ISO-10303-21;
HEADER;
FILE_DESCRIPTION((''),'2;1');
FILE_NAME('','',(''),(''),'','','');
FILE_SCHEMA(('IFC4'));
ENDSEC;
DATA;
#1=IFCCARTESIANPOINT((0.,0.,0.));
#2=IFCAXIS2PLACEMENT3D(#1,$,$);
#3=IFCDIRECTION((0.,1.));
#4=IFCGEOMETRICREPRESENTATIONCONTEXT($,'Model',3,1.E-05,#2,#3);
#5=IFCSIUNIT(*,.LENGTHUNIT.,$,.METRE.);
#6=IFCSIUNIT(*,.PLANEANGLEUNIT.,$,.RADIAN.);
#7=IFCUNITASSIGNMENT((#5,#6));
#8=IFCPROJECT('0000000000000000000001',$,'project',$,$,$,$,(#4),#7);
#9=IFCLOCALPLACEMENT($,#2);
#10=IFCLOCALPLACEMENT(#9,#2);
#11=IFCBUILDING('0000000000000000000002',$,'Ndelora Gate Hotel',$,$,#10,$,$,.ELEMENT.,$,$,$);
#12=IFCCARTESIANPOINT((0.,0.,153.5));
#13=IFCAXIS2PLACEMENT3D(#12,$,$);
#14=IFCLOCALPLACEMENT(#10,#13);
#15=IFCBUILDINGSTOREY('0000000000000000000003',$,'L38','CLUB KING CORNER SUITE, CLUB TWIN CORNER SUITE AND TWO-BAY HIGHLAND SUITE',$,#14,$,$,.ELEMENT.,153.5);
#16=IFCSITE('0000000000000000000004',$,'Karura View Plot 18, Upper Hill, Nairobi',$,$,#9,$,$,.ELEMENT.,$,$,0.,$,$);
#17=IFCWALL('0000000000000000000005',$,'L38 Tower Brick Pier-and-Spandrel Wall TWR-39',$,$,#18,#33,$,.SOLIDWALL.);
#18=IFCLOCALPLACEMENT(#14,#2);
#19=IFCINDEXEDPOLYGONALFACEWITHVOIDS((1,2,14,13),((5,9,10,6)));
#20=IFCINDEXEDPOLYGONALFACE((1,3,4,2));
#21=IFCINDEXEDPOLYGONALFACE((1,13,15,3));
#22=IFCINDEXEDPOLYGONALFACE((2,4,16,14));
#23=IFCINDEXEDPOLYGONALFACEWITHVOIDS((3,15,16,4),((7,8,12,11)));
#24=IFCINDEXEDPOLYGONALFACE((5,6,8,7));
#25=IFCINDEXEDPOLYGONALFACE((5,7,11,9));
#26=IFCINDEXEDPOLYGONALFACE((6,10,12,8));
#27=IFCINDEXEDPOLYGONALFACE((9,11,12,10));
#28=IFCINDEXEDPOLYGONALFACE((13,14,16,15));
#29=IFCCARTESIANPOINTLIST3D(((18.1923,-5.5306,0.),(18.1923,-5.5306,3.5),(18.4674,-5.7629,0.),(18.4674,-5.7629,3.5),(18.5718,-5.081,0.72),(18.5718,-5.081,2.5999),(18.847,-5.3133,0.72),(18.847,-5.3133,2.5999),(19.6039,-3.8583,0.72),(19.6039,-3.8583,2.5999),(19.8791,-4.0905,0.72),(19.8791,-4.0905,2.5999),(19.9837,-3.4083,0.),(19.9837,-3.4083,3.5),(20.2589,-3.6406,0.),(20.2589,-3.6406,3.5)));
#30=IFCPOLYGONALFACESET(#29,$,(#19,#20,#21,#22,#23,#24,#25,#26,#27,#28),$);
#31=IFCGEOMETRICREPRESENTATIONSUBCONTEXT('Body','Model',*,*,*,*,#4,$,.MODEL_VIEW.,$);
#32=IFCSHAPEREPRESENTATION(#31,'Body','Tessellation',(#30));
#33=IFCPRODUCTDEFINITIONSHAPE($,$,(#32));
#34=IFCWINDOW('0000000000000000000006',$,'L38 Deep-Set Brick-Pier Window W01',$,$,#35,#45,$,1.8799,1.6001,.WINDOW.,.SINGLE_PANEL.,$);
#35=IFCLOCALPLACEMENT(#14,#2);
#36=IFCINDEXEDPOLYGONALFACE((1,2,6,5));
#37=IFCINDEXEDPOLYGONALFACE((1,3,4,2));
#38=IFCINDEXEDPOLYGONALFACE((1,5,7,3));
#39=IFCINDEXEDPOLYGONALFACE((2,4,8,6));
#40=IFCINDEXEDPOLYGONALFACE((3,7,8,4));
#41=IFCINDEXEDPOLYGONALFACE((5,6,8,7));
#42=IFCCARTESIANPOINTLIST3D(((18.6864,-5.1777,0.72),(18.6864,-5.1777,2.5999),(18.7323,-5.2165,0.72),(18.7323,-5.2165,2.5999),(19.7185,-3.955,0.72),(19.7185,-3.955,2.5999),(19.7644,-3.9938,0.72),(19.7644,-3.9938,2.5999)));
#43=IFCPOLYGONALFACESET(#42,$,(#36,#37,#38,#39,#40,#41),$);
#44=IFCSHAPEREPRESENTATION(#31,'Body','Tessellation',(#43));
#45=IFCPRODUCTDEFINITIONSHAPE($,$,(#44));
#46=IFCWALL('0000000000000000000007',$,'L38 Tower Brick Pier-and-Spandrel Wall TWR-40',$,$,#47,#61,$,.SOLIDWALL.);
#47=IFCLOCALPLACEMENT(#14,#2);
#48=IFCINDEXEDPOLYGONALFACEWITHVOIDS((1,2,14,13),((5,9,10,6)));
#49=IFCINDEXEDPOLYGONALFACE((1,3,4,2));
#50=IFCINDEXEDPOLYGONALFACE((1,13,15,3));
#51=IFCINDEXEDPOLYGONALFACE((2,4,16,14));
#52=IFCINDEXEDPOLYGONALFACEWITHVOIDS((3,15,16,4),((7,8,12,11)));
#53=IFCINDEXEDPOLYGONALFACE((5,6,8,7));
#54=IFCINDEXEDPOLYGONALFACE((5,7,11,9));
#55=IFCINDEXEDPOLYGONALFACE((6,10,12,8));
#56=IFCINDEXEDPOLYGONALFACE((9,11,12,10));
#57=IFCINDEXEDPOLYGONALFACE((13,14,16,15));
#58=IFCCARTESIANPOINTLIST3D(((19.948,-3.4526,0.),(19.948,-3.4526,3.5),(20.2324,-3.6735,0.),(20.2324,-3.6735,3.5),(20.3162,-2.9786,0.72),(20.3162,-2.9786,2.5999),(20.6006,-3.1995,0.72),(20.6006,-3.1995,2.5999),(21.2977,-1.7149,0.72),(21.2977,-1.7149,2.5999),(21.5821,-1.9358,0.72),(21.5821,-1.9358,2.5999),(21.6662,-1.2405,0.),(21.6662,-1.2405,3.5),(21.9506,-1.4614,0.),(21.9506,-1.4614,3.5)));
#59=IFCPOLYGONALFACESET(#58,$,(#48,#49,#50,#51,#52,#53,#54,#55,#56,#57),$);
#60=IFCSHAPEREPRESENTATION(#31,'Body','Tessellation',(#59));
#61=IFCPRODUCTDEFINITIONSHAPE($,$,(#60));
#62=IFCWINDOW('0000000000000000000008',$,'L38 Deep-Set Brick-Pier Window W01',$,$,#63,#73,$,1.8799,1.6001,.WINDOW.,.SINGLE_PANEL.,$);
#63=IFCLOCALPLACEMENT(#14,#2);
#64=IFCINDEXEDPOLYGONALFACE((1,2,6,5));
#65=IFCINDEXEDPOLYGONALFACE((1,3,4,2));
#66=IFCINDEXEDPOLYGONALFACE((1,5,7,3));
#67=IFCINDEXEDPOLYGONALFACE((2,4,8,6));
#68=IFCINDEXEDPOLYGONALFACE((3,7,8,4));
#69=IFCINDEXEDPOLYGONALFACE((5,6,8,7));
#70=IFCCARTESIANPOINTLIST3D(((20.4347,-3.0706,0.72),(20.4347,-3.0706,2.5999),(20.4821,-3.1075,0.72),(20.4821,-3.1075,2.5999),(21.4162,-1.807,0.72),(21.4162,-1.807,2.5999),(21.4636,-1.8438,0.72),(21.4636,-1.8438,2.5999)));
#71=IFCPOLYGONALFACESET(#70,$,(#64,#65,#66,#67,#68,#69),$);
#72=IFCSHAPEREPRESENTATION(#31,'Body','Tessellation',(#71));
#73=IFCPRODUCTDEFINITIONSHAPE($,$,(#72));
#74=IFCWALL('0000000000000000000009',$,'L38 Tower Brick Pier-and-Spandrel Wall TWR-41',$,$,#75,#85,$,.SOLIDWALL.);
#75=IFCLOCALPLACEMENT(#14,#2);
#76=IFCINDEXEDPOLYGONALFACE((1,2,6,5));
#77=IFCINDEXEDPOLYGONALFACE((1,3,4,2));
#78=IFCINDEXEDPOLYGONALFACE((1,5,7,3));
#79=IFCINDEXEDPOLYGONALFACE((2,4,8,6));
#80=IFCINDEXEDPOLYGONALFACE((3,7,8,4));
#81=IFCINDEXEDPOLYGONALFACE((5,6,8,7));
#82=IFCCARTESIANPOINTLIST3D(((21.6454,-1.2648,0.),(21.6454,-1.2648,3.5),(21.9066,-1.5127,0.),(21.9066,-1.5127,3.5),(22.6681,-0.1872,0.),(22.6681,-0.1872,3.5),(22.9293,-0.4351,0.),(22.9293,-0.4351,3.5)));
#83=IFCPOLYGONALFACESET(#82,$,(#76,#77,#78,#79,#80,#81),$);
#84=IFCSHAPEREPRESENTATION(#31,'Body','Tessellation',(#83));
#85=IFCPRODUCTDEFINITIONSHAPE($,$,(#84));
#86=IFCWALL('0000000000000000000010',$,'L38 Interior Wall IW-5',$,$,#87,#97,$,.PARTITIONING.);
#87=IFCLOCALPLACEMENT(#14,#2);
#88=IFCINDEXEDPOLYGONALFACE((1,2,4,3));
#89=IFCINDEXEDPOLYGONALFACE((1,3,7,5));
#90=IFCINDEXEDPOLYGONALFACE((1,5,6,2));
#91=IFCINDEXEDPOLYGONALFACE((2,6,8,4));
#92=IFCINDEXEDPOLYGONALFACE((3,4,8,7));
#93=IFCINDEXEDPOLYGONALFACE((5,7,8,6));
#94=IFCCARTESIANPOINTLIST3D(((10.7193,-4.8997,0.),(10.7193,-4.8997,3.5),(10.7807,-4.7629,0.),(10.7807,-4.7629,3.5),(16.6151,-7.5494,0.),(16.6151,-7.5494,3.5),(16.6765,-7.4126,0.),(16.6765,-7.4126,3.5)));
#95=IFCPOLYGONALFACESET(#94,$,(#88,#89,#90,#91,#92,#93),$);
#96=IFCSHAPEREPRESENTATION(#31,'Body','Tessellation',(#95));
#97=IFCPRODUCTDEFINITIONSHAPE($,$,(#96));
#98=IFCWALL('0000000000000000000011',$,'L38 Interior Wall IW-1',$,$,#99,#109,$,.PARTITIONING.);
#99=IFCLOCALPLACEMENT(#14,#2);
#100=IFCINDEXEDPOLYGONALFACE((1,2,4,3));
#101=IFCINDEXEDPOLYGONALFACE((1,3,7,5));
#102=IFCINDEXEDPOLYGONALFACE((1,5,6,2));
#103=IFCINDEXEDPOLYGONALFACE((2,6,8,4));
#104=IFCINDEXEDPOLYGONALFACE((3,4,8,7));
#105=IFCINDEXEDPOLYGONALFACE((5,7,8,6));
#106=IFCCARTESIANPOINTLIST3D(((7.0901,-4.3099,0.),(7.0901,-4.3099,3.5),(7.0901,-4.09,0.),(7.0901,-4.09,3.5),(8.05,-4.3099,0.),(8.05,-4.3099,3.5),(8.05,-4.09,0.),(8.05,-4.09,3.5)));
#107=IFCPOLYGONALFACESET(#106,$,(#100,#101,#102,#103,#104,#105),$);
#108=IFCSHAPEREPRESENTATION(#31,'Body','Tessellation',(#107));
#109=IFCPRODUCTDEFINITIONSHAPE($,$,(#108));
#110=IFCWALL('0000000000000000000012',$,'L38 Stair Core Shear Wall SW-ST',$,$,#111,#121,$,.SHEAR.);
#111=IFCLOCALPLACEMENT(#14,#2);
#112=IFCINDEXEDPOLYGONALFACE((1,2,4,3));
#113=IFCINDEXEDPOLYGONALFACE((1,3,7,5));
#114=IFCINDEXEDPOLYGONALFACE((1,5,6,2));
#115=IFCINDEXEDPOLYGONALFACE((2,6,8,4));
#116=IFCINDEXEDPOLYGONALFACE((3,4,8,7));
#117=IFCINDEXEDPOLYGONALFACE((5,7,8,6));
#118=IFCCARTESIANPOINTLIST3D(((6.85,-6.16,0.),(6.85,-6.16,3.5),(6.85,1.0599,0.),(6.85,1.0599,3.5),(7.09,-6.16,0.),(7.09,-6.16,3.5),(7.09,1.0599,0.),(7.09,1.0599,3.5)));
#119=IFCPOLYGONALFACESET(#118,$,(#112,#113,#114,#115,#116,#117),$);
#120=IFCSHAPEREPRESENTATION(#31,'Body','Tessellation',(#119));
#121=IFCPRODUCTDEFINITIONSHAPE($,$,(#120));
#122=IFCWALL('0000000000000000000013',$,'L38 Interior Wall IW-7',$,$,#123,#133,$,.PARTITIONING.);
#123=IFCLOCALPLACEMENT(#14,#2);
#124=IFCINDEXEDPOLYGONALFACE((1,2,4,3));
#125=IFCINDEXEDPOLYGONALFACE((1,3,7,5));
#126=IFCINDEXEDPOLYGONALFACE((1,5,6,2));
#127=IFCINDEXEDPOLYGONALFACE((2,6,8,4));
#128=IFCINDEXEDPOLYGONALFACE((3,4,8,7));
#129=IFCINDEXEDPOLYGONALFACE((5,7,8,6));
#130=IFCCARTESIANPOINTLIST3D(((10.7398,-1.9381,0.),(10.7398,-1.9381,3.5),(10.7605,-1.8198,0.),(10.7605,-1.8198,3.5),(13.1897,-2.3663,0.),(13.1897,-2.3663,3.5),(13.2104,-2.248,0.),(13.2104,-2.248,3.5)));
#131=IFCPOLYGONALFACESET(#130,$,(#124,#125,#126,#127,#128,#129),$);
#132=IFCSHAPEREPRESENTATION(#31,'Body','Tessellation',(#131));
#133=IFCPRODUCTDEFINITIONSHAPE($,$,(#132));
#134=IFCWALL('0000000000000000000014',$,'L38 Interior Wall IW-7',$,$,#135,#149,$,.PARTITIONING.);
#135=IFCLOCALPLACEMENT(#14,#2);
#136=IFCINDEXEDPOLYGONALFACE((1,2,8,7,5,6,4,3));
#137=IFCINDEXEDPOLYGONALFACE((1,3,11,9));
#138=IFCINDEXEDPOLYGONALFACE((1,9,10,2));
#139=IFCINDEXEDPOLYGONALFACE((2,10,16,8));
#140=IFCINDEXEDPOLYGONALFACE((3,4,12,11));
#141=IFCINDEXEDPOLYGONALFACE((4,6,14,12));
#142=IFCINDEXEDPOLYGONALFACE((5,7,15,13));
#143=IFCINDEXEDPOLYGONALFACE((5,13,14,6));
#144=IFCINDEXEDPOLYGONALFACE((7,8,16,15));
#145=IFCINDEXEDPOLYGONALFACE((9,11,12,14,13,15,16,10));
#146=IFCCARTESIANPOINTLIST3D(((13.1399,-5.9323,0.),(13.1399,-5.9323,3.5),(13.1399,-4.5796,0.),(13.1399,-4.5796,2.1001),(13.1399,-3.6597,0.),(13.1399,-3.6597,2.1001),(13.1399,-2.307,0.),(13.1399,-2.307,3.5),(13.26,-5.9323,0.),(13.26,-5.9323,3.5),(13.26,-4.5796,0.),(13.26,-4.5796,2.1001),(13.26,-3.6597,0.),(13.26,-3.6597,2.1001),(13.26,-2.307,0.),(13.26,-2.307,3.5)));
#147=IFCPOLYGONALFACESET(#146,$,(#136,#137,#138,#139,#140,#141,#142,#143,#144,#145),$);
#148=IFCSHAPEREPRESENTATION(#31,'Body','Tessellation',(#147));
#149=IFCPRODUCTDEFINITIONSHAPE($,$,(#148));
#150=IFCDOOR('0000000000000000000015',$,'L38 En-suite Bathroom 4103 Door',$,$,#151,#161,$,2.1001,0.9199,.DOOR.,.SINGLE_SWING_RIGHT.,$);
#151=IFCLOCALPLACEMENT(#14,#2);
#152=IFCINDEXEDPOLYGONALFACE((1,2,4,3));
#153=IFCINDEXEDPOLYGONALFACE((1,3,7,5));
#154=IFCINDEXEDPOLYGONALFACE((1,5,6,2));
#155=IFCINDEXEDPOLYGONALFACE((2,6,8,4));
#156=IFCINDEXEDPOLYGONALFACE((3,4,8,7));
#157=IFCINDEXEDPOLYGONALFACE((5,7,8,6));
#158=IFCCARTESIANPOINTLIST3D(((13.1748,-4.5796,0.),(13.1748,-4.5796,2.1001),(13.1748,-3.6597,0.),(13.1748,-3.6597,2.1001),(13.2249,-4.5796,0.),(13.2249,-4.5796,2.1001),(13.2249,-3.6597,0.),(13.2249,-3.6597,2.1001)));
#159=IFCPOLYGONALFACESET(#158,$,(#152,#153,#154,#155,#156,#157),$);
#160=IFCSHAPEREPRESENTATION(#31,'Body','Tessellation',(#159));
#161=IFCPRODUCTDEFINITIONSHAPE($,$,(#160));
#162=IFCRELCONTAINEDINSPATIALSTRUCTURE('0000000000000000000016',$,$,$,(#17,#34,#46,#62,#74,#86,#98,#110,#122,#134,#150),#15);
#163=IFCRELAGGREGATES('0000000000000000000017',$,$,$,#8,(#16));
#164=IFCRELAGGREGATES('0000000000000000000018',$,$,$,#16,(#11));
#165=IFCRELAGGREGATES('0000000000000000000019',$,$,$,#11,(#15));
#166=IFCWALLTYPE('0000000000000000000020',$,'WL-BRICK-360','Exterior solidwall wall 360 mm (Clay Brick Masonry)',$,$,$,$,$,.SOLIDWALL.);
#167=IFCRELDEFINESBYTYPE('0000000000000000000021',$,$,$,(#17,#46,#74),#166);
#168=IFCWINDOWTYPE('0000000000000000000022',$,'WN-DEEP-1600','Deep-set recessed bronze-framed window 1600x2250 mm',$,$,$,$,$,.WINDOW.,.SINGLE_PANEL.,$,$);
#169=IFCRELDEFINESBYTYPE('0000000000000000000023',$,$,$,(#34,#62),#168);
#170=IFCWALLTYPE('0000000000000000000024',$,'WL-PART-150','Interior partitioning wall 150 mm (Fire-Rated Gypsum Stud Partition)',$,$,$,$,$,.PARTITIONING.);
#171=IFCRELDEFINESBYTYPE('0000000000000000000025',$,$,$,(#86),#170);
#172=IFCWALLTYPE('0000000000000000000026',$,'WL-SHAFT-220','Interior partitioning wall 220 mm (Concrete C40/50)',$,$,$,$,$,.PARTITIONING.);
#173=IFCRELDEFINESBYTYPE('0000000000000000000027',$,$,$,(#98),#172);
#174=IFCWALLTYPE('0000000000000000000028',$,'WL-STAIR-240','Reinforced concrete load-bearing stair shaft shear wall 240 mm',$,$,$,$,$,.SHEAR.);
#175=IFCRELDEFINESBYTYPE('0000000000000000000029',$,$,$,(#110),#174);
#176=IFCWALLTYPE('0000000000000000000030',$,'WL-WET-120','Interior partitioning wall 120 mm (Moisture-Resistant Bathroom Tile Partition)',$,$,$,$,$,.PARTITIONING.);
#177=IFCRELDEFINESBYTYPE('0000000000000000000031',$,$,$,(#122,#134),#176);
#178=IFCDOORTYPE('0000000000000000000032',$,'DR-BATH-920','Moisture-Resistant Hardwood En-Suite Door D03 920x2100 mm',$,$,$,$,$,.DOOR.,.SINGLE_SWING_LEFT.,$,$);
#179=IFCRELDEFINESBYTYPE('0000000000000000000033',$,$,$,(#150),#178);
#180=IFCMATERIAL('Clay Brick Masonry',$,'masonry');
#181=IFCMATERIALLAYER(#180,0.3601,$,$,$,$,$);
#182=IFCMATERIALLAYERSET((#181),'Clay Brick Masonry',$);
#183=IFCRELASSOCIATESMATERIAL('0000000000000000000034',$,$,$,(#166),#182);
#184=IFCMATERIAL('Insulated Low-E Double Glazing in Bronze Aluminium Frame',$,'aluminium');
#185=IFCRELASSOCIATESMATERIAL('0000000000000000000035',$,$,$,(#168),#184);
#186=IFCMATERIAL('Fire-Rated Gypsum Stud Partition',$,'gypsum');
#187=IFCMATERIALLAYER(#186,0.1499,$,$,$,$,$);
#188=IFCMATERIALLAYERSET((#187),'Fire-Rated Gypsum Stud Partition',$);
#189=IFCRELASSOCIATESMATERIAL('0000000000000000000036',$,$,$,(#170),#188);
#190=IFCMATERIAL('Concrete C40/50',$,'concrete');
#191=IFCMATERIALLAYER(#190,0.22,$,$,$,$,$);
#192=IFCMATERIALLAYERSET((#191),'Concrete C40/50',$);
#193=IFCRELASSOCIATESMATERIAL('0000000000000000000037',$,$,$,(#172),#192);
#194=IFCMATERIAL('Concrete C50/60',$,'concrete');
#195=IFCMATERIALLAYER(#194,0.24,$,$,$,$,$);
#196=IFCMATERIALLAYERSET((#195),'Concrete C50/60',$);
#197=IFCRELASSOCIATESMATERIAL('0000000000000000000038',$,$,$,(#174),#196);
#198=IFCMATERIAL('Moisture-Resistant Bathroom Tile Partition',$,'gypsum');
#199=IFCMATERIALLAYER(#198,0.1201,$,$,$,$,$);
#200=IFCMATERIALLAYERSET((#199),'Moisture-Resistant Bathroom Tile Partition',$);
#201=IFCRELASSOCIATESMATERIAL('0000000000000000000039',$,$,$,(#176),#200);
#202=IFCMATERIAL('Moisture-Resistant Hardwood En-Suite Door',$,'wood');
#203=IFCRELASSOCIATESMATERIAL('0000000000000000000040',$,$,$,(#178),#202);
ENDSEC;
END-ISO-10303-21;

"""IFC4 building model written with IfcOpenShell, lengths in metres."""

from ifc_helpers import new_model, si_unit, direction, frame, frame_2d, origin, place, context, subcontext, project, spatial, rectangle, extrude, material, layer, layer_set, type_object, element, fill, save


model = new_model("IFC4")

# Units and contexts
model_context = context("Model", 3, precision=1e-05, world=origin(), true_north=direction((0.0, 1.0)))
body_context = subcontext(model_context, "Body", "Model", "MODEL_VIEW")
ifc_project = project(units=[si_unit("LENGTHUNIT", "METRE"), si_unit("PLANEANGLEUNIT", "RADIAN")], contexts=[model_context])

# Site, building, storey
site_placement = place(None, origin())
site = spatial("IfcSite", under=ifc_project, at=site_placement, Name="Karura View Plot 18, Upper Hill, Nairobi", CompositionType="ELEMENT", RefElevation=0.0)
building_placement = place(site_placement, origin())
building = spatial("IfcBuilding", under=site, at=building_placement, Name="Ndelora Gate Hotel", CompositionType="ELEMENT")
storey_placement = place(building_placement, frame((0.0, 0.0, 153.5)))
storey = spatial("IfcBuildingStorey", under=building, at=storey_placement, Name="L38", Description="CLUB KING CORNER SUITE, CLUB TWIN CORNER SUITE AND TWO-BAY HIGHLAND SUITE", CompositionType="ELEMENT", Elevation=153.5)

# Walls, openings, windows
ifc_material_1 = material(Name="Clay Brick Masonry", Category="masonry")
ifc_layer_1 = layer(ifc_material_1, 0.3601)
ifc_layer_set_1 = layer_set([ifc_layer_1], Name="Clay Brick Masonry")
wall_type_1 = type_object("IfcWallType", Name="WL-BRICK-360", Description="Exterior solidwall wall 360 mm (Clay Brick Masonry)", PredefinedType="SOLIDWALL", material=ifc_layer_set_1)
ifc_material_2 = material(Name="Insulated Low-E Double Glazing in Bronze Aluminium Frame", Category="aluminium")
window_type = type_object("IfcWindowType", Name="WN-DEEP-1600", Description="Deep-set recessed bronze-framed window 1600x2250 mm", PartitioningType="SINGLE_PANEL", PredefinedType="WINDOW", material=ifc_material_2)
wall_1_placement = place(storey_placement, frame((20.1213, -3.5244, 0.0), z_axis=(0.0, 0.0, 1.0), x_axis=(-0.645039, -0.764149, 0.0)))
wall_1 = element("IfcWall", 1, at=wall_1_placement, inside=storey, type_object=wall_type_1, Name="L38 Tower Brick Pier-and-Spandrel Wall TWR-39", PredefinedType="SOLIDWALL", context=body_context, shape_type="SweptSolid", body=[
    extrude(rectangle(XDim=2.7773, YDim=0.3601, at=frame_2d((1.3887, 0.0))), origin(), (0.0, 0.0, 1.0), 3.5),
])
opening_1_placement = place(wall_1_placement, frame((0.5889, 0.0, 0.72)))
opening_1 = element("IfcOpeningElement", 2, at=opening_1_placement, cuts=wall_1, PredefinedType="OPENING", context=body_context, shape_type="SweptSolid", body=[
    extrude(rectangle(XDim=1.6001, YDim=1.8799, at=frame_2d((0.8, 0.9399))), frame((0.0, 0.1899, 0.0), z_axis=(0.0, -1.0, 0.0), x_axis=(1.0, 0.0, 0.0)), (0.0, 0.0, 1.0), 0.3801),
])
window_1_placement = place(opening_1_placement, origin())
window_1 = element("IfcWindow", 3, at=window_1_placement, inside=storey, type_object=window_type, Name="L38 Deep-Set Brick-Pier Window W01", OverallHeight=1.8799, OverallWidth=1.6001, PartitioningType="SINGLE_PANEL", PredefinedType="WINDOW", context=body_context, shape_type="SweptSolid", body=[
    extrude(rectangle(XDim=1.6001, YDim=1.8799, at=frame_2d((0.8, 0.9399))), frame((0.0, 0.03, 0.0), z_axis=(0.0, -1.0, 0.0), x_axis=(1.0, 0.0, 0.0)), (0.0, 0.0, 1.0), 0.0601),
])
fill(opening_1, window_1)
wall_2_placement = place(storey_placement, frame((21.8083, -1.3511, 0.0), z_axis=(0.0, 0.0, 1.0), x_axis=(-0.613428, -0.789751, 0.0)))
wall_2 = element("IfcWall", 4, at=wall_2_placement, inside=storey, type_object=wall_type_1, Name="L38 Tower Brick Pier-and-Spandrel Wall TWR-40", PredefinedType="SOLIDWALL", context=body_context, shape_type="SweptSolid", body=[
    extrude(rectangle(XDim=2.801, YDim=0.3601, at=frame_2d((1.4004, 0.0))), origin(), (0.0, 0.0, 1.0), 3.5),
])
opening_2_placement = place(wall_2_placement, frame((0.6006, 0.0, 0.72)))
opening_2 = element("IfcOpeningElement", 5, at=opening_2_placement, cuts=wall_2, PredefinedType="OPENING", context=body_context, shape_type="SweptSolid", body=[
    extrude(rectangle(XDim=1.6001, YDim=1.8799, at=frame_2d((0.8, 0.9399))), frame((0.0, 0.1899, 0.0), z_axis=(0.0, -1.0, 0.0), x_axis=(1.0, 0.0, 0.0)), (0.0, 0.0, 1.0), 0.3801),
])
window_2_placement = place(opening_2_placement, origin())
window_2 = element("IfcWindow", 6, at=window_2_placement, inside=storey, type_object=window_type, Name="L38 Deep-Set Brick-Pier Window W01", OverallHeight=1.8799, OverallWidth=1.6001, PartitioningType="SINGLE_PANEL", PredefinedType="WINDOW", context=body_context, shape_type="SweptSolid", body=[
    extrude(rectangle(XDim=1.6001, YDim=1.8799, at=frame_2d((0.8, 0.9399))), frame((0.0, 0.03, 0.0), z_axis=(0.0, -1.0, 0.0), x_axis=(1.0, 0.0, 0.0)), (0.0, 0.0, 1.0), 0.0601),
])
fill(opening_2, window_2)

# Wall
wall_3_placement = place(storey_placement, frame((22.7986, -0.3113, 0.0), z_axis=(0.0, 0.0, 1.0), x_axis=(-0.688378, -0.725352, 0.0)))
element("IfcWall", 7, at=wall_3_placement, inside=storey, type_object=wall_type_1, Name="L38 Tower Brick Pier-and-Spandrel Wall TWR-41", PredefinedType="SOLIDWALL", context=body_context, shape_type="SweptSolid", body=[
    extrude(rectangle(XDim=1.4856, YDim=0.3601, at=frame_2d((0.7427, 0.0))), origin(), (0.0, 0.0, 1.0), 3.5),
])

# Shared definitions
ifc_material_3 = material(Name="Fire-Rated Gypsum Stud Partition", Category="gypsum")
ifc_layer_2 = layer(ifc_material_3, 0.1499)
ifc_layer_set_2 = layer_set([ifc_layer_2], Name="Fire-Rated Gypsum Stud Partition")
wall_type_2 = type_object("IfcWallType", Name="WL-PART-150", Description="Interior partitioning wall 150 mm (Fire-Rated Gypsum Stud Partition)", PredefinedType="PARTITIONING", material=ifc_layer_set_2)

# Walls
wall_4_placement = place(storey_placement, frame((10.75, -4.8313, 0.0), z_axis=(0.0, 0.0, 1.0), x_axis=(0.91212, -0.409923, 0.0)))
element("IfcWall", 8, at=wall_4_placement, inside=storey, type_object=wall_type_2, Name="L38 Interior Wall IW-5", PredefinedType="PARTITIONING", context=body_context, shape_type="SweptSolid", body=[
    extrude(rectangle(XDim=6.4639, YDim=0.1499, at=frame_2d((3.2319, 0.0))), origin(), (0.0, 0.0, 1.0), 3.5),
])
ifc_material_4 = material(Name="Concrete C40/50", Category="concrete")
ifc_layer_3 = layer(ifc_material_4, 0.22)
ifc_layer_set_3 = layer_set([ifc_layer_3], Name="Concrete C40/50")
wall_type_3 = type_object("IfcWallType", Name="WL-SHAFT-220", Description="Interior partitioning wall 220 mm (Concrete C40/50)", PredefinedType="PARTITIONING", material=ifc_layer_set_3)
wall_5_placement = place(storey_placement, frame((7.0901, -4.2, 0.0), z_axis=(0.0, 0.0, 1.0), x_axis=(1.0, 0.0, 0.0)))
element("IfcWall", 9, at=wall_5_placement, inside=storey, type_object=wall_type_3, Name="L38 Interior Wall IW-1", PredefinedType="PARTITIONING", context=body_context, shape_type="SweptSolid", body=[
    extrude(rectangle(XDim=0.96, YDim=0.22, at=frame_2d((0.48, 0.0))), origin(), (0.0, 0.0, 1.0), 3.5),
])
ifc_material_5 = material(Name="Concrete C50/60", Category="concrete")
ifc_layer_4 = layer(ifc_material_5, 0.24)
ifc_layer_set_4 = layer_set([ifc_layer_4], Name="Concrete C50/60")
wall_type_4 = type_object("IfcWallType", Name="WL-STAIR-240", Description="Reinforced concrete load-bearing stair shaft shear wall 240 mm", PredefinedType="SHEAR", material=ifc_layer_set_4)
wall_6_placement = place(storey_placement, frame((6.97, -6.1599, 0.0), z_axis=(0.0, 0.0, 1.0), x_axis=(0.0, 1.0, 0.0)))
element("IfcWall", 10, at=wall_6_placement, inside=storey, type_object=wall_type_4, Name="L38 Stair Core Shear Wall SW-ST", PredefinedType="SHEAR", context=body_context, shape_type="SweptSolid", body=[
    extrude(rectangle(XDim=7.22, YDim=0.24, at=frame_2d((3.6099, 0.0))), origin(), (0.0, 0.0, 1.0), 3.5),
])
ifc_material_6 = material(Name="Moisture-Resistant Bathroom Tile Partition", Category="gypsum")
ifc_layer_5 = layer(ifc_material_6, 0.1201)
ifc_layer_set_5 = layer_set([ifc_layer_5], Name="Moisture-Resistant Bathroom Tile Partition")
wall_type_5 = type_object("IfcWallType", Name="WL-WET-120", Description="Interior partitioning wall 120 mm (Moisture-Resistant Bathroom Tile Partition)", PredefinedType="PARTITIONING", material=ifc_layer_set_5)
wall_7_placement = place(storey_placement, frame((10.75, -1.8789, 0.0), z_axis=(0.0, 0.0, 1.0), x_axis=(0.985066, -0.172178, 0.0)))
element("IfcWall", 11, at=wall_7_placement, inside=storey, type_object=wall_type_5, Name="L38 Interior Wall IW-7", PredefinedType="PARTITIONING", context=body_context, shape_type="SweptSolid", body=[
    extrude(rectangle(XDim=2.4871, YDim=0.1201, at=frame_2d((1.2437, 0.0))), origin(), (0.0, 0.0, 1.0), 3.5),
])

# Wall, opening, door
wall_8_placement = place(storey_placement, frame((13.2, -2.3071, 0.0), z_axis=(0.0, 0.0, 1.0), x_axis=(0.0, -1.0, 0.0)))
wall_8 = element("IfcWall", 12, at=wall_8_placement, inside=storey, type_object=wall_type_5, Name="L38 Interior Wall IW-7", PredefinedType="PARTITIONING", context=body_context, shape_type="SweptSolid", body=[
    extrude(rectangle(XDim=3.6252, YDim=0.1201, at=frame_2d((1.8125, 0.0))), origin(), (0.0, 0.0, 1.0), 3.5),
])
opening_3_placement = place(wall_8_placement, frame((1.3525, 0.0, 0.0)))
opening_3 = element("IfcOpeningElement", 13, at=opening_3_placement, cuts=wall_8, PredefinedType="OPENING", context=body_context, shape_type="SweptSolid", body=[
    extrude(rectangle(XDim=0.9199, YDim=2.1001, at=frame_2d((0.46, 1.05))), frame((0.0, 0.0701, 0.0), z_axis=(0.0, -1.0, 0.0), x_axis=(1.0, 0.0, 0.0)), (0.0, 0.0, 1.0), 0.1401),
])
ifc_material_7 = material(Name="Moisture-Resistant Hardwood En-Suite Door", Category="wood")
door_type_1 = type_object("IfcDoorType", Name="DR-BATH-920", Description="Moisture-Resistant Hardwood En-Suite Door D03 920x2100 mm", OperationType="SINGLE_SWING_LEFT", PredefinedType="DOOR", material=ifc_material_7)
door_1_placement = place(opening_3_placement, origin())
door_1 = element("IfcDoor", 14, at=door_1_placement, inside=storey, type_object=door_type_1, Name="L38 En-suite Bathroom 4103 Door", OperationType="SINGLE_SWING_RIGHT", OverallHeight=2.1001, OverallWidth=0.9199, PredefinedType="DOOR", context=body_context, shape_type="SweptSolid", body=[
    extrude(rectangle(XDim=0.9199, YDim=2.1001, at=frame_2d((0.46, 1.05))), frame((0.0, 0.0249, 0.0), z_axis=(0.0, -1.0, 0.0), x_axis=(1.0, 0.0, 0.0)), (0.0, 0.0, 1.0), 0.05),
])
fill(opening_3, door_1)

save(model, "model.ifc")
